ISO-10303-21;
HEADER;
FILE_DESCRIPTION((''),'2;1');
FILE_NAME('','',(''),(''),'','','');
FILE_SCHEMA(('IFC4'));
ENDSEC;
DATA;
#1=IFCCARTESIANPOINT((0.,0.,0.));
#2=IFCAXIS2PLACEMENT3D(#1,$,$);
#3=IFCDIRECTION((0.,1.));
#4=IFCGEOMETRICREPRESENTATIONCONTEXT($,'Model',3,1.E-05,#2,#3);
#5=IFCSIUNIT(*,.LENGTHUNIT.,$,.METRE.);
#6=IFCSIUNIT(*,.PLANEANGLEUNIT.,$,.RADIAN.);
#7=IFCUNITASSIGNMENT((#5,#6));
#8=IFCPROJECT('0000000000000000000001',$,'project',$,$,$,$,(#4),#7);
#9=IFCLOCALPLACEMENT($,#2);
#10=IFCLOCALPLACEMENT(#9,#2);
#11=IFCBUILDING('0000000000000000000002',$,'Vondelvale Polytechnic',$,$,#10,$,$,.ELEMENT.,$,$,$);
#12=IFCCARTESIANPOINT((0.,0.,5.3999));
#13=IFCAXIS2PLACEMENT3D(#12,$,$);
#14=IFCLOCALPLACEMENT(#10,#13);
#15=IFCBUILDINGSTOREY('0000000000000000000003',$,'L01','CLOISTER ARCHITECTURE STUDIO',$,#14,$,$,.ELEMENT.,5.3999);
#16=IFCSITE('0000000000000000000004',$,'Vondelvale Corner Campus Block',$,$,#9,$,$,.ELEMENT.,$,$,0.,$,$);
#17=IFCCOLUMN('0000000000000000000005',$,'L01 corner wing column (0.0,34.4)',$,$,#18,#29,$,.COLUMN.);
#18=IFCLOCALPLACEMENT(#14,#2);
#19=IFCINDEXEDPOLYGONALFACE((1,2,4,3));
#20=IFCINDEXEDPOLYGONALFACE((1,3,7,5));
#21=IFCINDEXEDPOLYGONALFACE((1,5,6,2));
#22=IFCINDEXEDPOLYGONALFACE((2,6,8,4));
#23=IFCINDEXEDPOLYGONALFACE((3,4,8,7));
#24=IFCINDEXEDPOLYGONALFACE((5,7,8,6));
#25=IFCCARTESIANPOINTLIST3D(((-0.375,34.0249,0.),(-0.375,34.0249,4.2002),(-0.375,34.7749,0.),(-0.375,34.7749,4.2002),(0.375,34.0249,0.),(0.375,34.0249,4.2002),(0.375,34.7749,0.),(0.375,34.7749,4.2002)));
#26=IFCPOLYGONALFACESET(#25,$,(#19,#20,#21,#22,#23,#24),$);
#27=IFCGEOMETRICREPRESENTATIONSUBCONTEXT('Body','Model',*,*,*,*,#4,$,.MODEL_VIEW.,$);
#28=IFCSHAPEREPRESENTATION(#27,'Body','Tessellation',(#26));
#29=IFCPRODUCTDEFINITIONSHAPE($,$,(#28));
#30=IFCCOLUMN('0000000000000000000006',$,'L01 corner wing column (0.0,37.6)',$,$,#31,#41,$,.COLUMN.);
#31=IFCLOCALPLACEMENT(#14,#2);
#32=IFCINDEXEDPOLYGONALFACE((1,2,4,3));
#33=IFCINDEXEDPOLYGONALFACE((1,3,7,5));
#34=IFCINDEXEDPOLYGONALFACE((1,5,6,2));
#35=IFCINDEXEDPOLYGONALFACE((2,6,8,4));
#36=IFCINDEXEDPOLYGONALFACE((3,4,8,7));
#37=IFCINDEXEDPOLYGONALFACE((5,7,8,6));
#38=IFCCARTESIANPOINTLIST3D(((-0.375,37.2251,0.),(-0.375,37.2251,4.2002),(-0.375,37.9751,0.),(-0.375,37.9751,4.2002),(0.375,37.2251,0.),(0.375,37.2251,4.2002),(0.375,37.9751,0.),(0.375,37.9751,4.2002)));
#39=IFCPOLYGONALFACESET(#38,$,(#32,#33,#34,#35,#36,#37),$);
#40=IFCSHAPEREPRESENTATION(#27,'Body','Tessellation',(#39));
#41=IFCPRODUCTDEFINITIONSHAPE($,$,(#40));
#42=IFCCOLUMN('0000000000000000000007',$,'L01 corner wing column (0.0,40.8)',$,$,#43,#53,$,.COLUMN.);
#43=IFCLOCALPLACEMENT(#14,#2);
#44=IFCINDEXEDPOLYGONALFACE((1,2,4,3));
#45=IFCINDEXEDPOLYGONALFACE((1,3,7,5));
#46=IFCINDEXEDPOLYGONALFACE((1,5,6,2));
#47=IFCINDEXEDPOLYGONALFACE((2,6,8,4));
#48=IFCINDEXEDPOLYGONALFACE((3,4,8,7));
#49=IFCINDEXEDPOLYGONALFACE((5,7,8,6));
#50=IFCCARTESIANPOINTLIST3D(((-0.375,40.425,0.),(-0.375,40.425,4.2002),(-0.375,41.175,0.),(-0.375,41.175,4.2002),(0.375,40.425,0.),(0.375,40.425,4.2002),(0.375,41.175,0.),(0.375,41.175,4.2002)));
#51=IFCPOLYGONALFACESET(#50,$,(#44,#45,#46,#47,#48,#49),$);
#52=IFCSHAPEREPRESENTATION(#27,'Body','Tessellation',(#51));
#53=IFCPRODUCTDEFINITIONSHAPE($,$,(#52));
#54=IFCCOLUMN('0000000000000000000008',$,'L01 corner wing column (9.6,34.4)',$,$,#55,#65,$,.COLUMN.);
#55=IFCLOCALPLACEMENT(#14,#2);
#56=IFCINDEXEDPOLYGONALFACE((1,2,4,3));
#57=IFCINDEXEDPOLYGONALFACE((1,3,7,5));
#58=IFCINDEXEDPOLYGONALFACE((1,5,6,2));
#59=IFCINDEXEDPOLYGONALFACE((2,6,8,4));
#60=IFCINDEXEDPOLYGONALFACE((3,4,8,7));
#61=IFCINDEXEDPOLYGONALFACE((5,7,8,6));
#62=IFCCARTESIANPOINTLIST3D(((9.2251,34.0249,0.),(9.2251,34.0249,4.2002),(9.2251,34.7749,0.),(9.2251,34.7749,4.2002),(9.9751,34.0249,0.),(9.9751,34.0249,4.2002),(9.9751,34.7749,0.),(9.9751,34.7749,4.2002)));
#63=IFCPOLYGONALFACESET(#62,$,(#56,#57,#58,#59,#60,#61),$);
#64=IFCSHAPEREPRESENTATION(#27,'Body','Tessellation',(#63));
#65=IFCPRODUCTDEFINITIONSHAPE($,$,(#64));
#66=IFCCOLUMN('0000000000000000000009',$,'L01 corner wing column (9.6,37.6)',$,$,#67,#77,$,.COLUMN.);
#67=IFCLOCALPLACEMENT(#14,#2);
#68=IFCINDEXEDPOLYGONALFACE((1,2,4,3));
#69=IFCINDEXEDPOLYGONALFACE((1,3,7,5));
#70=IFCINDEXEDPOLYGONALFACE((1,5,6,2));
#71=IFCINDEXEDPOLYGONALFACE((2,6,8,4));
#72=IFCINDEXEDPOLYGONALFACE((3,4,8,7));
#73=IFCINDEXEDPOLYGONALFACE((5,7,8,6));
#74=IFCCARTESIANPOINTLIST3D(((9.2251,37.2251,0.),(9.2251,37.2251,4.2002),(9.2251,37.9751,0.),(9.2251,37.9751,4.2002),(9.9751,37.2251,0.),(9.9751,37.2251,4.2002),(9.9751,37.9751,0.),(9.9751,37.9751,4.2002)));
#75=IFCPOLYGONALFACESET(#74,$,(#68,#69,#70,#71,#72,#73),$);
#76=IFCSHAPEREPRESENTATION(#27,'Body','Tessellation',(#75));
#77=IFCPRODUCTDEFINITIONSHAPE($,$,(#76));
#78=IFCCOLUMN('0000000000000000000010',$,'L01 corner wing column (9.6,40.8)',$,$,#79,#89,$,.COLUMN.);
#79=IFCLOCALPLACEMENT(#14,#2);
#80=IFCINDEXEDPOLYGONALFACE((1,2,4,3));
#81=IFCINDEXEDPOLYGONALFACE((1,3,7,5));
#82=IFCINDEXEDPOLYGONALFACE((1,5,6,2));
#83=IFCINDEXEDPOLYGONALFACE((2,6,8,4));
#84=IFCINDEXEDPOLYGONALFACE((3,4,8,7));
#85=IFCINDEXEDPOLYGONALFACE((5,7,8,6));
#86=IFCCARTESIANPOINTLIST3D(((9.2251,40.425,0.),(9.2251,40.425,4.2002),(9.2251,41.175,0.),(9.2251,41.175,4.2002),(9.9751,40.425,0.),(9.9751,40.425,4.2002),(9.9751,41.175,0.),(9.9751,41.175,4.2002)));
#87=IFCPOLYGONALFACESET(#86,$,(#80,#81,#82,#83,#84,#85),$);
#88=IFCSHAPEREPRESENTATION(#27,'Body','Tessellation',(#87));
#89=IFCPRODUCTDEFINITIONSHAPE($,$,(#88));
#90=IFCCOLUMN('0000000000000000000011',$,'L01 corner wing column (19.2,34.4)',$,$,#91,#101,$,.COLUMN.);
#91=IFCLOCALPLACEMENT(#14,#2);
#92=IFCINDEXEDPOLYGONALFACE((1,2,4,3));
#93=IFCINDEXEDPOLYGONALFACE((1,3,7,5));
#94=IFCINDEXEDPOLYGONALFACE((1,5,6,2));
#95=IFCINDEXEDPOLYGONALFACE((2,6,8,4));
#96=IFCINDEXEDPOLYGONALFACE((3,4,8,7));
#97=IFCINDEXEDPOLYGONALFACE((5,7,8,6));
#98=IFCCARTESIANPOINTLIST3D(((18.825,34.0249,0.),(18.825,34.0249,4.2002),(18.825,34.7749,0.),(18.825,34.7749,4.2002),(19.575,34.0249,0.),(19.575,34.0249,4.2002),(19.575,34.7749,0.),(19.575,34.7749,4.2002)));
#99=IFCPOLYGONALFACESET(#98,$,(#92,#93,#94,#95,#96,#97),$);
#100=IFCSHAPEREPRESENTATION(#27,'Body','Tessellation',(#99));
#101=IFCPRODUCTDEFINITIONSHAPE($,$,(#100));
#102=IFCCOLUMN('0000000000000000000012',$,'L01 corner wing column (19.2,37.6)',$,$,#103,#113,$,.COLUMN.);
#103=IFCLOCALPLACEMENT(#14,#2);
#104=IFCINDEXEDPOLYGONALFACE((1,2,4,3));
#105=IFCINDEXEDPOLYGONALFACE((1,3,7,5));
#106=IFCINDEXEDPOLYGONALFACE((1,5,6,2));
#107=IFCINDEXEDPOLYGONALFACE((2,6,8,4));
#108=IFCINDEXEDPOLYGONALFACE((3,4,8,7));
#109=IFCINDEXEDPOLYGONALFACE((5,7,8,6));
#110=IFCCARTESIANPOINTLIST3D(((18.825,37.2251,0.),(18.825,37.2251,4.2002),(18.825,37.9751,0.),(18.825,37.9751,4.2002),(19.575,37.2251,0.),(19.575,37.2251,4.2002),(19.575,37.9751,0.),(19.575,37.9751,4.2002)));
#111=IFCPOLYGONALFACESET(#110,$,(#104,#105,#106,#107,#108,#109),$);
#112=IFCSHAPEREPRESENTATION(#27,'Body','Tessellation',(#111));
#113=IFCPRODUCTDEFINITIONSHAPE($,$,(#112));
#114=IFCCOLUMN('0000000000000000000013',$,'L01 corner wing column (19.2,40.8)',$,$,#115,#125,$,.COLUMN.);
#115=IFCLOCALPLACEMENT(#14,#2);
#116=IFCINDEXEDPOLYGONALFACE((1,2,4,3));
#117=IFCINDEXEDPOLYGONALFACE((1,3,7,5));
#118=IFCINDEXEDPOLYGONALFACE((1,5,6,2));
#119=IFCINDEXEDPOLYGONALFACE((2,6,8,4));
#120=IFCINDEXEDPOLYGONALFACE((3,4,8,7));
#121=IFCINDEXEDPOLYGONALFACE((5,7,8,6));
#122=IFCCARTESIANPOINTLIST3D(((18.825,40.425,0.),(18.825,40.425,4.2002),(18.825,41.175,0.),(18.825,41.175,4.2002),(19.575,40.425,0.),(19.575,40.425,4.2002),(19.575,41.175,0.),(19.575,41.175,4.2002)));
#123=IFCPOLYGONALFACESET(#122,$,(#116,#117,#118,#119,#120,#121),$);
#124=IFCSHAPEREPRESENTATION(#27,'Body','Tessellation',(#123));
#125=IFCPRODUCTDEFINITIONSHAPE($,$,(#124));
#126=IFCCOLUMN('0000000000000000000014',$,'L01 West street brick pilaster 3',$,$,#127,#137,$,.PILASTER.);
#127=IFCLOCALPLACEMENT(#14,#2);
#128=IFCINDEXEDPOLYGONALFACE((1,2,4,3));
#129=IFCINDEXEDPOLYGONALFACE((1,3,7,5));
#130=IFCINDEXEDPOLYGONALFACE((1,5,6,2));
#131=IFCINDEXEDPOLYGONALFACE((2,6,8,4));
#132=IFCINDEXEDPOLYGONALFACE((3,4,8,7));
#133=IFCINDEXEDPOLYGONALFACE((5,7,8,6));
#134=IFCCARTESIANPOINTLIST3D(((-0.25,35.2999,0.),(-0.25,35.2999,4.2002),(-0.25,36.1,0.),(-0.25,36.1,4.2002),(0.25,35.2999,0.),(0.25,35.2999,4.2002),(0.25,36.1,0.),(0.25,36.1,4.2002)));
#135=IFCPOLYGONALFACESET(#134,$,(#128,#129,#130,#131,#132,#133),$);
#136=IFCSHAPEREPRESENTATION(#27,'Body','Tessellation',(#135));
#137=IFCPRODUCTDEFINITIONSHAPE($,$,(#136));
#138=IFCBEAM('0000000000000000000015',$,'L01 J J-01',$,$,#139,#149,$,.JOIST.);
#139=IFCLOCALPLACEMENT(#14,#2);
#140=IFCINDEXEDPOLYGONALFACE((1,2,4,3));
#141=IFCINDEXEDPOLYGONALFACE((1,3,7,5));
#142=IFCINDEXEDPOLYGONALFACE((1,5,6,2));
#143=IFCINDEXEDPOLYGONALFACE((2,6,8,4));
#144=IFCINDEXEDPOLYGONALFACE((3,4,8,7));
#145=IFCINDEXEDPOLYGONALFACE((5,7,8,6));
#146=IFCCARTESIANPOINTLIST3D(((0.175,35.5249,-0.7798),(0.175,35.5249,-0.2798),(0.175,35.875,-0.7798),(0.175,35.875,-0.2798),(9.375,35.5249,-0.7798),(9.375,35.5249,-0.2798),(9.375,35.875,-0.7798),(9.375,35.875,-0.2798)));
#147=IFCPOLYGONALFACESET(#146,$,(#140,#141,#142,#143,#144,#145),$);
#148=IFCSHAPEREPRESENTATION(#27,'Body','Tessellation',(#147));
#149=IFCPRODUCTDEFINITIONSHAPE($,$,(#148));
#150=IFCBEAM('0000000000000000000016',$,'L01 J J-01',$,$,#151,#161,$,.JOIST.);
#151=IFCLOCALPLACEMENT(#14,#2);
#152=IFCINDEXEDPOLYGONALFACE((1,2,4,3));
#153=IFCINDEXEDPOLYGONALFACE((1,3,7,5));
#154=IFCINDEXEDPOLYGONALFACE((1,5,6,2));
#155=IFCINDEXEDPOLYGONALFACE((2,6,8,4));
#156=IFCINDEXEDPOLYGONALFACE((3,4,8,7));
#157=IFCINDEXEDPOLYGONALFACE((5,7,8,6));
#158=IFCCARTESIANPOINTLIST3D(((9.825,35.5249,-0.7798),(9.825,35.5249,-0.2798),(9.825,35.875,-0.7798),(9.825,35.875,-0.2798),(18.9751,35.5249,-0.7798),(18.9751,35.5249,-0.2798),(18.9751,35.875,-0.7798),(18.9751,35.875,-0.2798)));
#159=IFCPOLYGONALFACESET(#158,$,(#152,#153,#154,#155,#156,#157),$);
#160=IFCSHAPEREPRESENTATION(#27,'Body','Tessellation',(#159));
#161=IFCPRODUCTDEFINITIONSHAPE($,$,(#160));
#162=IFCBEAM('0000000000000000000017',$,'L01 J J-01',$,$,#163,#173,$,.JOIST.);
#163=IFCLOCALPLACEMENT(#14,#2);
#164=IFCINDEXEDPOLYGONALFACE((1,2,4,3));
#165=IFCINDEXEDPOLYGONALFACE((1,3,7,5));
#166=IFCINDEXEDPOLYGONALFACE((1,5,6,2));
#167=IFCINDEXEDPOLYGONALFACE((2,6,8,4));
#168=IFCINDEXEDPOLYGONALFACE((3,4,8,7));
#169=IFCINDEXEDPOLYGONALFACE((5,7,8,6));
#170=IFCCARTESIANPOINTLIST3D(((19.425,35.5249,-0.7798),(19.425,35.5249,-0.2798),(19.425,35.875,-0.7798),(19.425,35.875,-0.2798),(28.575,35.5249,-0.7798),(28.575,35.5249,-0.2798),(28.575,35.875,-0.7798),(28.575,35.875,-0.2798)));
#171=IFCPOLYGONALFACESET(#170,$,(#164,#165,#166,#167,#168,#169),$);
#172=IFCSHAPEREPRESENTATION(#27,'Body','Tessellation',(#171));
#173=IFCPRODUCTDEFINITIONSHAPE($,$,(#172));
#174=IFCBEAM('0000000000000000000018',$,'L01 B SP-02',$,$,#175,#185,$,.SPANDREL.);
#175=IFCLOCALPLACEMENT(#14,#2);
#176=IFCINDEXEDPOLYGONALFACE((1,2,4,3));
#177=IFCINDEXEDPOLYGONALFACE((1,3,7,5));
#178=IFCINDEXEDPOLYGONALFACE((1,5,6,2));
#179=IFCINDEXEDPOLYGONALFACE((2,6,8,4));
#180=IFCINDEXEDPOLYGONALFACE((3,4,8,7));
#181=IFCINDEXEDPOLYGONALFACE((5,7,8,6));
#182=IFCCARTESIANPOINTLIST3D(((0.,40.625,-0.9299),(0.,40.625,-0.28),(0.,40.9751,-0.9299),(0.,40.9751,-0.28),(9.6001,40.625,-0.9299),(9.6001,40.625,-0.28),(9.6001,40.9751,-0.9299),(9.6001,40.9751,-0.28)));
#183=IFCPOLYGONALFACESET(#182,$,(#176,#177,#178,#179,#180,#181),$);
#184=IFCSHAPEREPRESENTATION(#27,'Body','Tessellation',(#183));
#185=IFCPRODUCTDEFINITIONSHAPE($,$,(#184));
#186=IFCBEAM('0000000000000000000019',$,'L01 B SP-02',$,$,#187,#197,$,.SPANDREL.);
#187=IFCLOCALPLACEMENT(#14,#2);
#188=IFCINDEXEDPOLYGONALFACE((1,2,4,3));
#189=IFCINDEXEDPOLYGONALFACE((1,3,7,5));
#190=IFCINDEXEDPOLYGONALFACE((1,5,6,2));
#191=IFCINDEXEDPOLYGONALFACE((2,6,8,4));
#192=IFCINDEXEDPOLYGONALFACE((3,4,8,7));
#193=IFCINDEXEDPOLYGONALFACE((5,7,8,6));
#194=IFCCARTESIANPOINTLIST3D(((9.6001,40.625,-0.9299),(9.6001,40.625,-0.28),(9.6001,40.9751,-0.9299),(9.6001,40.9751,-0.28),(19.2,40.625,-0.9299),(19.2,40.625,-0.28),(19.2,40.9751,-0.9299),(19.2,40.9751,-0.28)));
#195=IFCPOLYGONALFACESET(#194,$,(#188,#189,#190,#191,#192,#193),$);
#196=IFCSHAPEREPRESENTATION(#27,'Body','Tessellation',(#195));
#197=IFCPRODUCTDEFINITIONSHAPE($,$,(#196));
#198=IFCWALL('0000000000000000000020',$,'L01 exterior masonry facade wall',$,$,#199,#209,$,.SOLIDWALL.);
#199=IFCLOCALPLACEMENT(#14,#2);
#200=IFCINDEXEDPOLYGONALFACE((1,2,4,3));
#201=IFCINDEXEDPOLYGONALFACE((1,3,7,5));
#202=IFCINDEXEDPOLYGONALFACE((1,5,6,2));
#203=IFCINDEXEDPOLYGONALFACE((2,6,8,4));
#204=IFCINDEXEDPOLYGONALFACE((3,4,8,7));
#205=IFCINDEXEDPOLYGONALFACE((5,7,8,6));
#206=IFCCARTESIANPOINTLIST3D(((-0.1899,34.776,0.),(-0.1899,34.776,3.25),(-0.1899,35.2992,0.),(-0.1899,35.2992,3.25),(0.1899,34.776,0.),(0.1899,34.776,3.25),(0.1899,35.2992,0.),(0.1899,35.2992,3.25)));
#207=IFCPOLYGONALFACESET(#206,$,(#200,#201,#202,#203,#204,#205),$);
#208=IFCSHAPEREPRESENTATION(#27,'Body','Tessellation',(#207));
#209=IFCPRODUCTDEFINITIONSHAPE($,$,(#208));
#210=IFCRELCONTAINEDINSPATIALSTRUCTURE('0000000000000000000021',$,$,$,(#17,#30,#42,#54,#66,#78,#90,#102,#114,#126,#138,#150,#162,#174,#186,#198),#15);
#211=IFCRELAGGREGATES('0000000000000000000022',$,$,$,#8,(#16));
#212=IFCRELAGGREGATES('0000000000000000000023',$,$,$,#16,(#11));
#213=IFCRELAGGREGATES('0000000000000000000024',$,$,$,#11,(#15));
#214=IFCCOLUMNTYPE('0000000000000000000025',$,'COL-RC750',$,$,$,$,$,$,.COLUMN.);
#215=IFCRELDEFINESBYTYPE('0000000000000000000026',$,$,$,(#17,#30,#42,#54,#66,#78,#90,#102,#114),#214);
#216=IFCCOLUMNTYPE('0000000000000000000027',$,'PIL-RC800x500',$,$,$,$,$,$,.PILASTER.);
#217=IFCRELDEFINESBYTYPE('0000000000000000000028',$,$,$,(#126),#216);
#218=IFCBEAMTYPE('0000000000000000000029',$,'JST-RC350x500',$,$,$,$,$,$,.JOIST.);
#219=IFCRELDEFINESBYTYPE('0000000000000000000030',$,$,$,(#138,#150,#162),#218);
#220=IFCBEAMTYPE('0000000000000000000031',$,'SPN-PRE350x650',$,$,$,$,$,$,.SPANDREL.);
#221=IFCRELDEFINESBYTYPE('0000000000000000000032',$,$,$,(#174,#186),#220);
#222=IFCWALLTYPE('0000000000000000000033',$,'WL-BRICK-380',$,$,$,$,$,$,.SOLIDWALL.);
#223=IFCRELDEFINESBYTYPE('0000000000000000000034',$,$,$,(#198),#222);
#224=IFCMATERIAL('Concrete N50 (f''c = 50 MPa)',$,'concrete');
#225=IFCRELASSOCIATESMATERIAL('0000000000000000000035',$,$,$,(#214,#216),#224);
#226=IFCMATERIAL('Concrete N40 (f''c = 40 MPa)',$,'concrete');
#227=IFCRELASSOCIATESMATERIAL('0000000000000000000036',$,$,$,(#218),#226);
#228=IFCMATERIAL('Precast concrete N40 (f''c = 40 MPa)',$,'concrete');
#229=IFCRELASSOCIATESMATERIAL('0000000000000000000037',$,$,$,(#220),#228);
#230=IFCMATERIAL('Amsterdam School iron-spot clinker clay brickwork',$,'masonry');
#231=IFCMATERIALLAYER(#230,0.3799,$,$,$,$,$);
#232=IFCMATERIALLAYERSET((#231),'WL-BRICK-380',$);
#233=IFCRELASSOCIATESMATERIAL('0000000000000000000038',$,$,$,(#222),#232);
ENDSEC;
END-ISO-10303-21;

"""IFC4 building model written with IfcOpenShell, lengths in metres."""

from ifc_helpers import new_model, si_unit, direction, frame, frame_2d, origin, origin_2d, place, context, subcontext, project, spatial, rectangle, extrude, material, layer, layer_set, material_profile, profile_set, type_object, element, save


model = new_model("IFC4")

# Units and contexts
model_context = context("Model", 3, precision=1e-05, world=origin(), true_north=direction((0.0, 1.0)))
body_context = subcontext(model_context, "Body", "Model", "MODEL_VIEW")
ifc_project = project(units=[si_unit("LENGTHUNIT", "METRE"), si_unit("PLANEANGLEUNIT", "RADIAN")], contexts=[model_context])

# Site, building, storey
site_placement = place(None, origin())
site = spatial("IfcSite", under=ifc_project, at=site_placement, Name="Vondelvale Corner Campus Block", CompositionType="ELEMENT", RefElevation=0.0)
building_placement = place(site_placement, origin())
building = spatial("IfcBuilding", under=site, at=building_placement, Name="Vondelvale Polytechnic", CompositionType="ELEMENT")
storey_placement = place(building_placement, frame((0.0, 0.0, 5.3999)))
storey = spatial("IfcBuildingStorey", under=building, at=storey_placement, Name="L01", Description="CLOISTER ARCHITECTURE STUDIO", CompositionType="ELEMENT", Elevation=5.3999)

# Columns
ifc_material_1 = material(Name="Concrete N50 (f'c = 50 MPa)", Category="concrete")
ifc_material_profile_1 = material_profile(ifc_material_1, rectangle(XDim=0.75, YDim=0.75, at=origin_2d()), Name="RC-COL-750x750")
ifc_profile_set_1 = profile_set([ifc_material_profile_1], Name="Concrete N50 (f'c = 50 MPa)")
column_type_1 = type_object("IfcColumnType", Name="COL-RC750", PredefinedType="COLUMN", material=ifc_profile_set_1)
for number, where, z_axis, x_axis, name in (
    (1, (0.0, 34.3999, 0.0), (0.0, 0.0, 1.0), (1.0, 0.0, 0.0), "L01 corner wing column (0.0,34.4)"),
    (2, (0.0, 37.6001, 0.0), (0.0, 0.0, 1.0), (1.0, 0.0, 0.0), "L01 corner wing column (0.0,37.6)"),
    (3, (0.0, 40.8, 0.0), (0.0, 0.0, 1.0), (1.0, 0.0, 0.0), "L01 corner wing column (0.0,40.8)"),
    (4, (9.6001, 34.3999, 0.0), (0.0, 0.0, 1.0), (1.0, 0.0, 0.0), "L01 corner wing column (9.6,34.4)"),
    (5, (9.6001, 37.6001, 0.0), (0.0, 0.0, 1.0), (1.0, 0.0, 0.0), "L01 corner wing column (9.6,37.6)"),
    (6, (9.6001, 40.8, 0.0), (0.0, 0.0, 1.0), (1.0, 0.0, 0.0), "L01 corner wing column (9.6,40.8)"),
    (7, (19.2, 34.3999, 0.0), (0.0, 0.0, 1.0), (1.0, 0.0, 0.0), "L01 corner wing column (19.2,34.4)"),
    (8, (19.2, 37.6001, 0.0), (0.0, 0.0, 1.0), (1.0, 0.0, 0.0), "L01 corner wing column (19.2,37.6)"),
    (9, (19.2, 40.8, 0.0), (0.0, 0.0, 1.0), (1.0, 0.0, 0.0), "L01 corner wing column (19.2,40.8)"),
):
    element("IfcColumn", number, at=place(storey_placement, frame(where, z_axis=z_axis, x_axis=x_axis)), inside=storey, type_object=column_type_1, Name=name, PredefinedType="COLUMN", context=body_context, shape_type="SweptSolid", body=[
        extrude(rectangle(XDim=0.75, YDim=0.75, at=origin_2d()), origin(), (0.0, 0.0, 1.0), 4.2002),
    ])
ifc_material_profile_2 = material_profile(ifc_material_1, rectangle(XDim=0.5, YDim=0.8, at=origin_2d()), Name="RC-PIL-800x500")
ifc_profile_set_2 = profile_set([ifc_material_profile_2], Name="Concrete N50 (f'c = 50 MPa)")
column_type_2 = type_object("IfcColumnType", Name="PIL-RC800x500", PredefinedType="PILASTER", material=ifc_profile_set_2)
column_placement = place(storey_placement, frame((0.0, 35.7, 0.0), z_axis=(0.0, 0.0, 1.0), x_axis=(1.0, 0.0, 0.0)))
element("IfcColumn", 10, at=column_placement, inside=storey, type_object=column_type_2, Name="L01 West street brick pilaster 3", PredefinedType="PILASTER", context=body_context, shape_type="SweptSolid", body=[
    extrude(rectangle(XDim=0.5, YDim=0.8, at=origin_2d()), origin(), (0.0, 0.0, 1.0), 4.2002),
])

# Beams
ifc_material_2 = material(Name="Concrete N40 (f'c = 40 MPa)", Category="concrete")
ifc_material_profile_3 = material_profile(ifc_material_2, rectangle(XDim=0.3501, YDim=0.5, at=origin_2d()), Name="RC-JST-350x500")
ifc_profile_set_3 = profile_set([ifc_material_profile_3], Name="Concrete N40 (f'c = 40 MPa)")
beam_type_1 = type_object("IfcBeamType", Name="JST-RC350x500", PredefinedType="JOIST", material=ifc_profile_set_3)
beam_1_placement = place(storey_placement, frame((0.175, 35.7, -0.5298), z_axis=(1.0, 0.0, 0.0), x_axis=(0.0, 1.0, 0.0)))
element("IfcBeam", 11, at=beam_1_placement, inside=storey, type_object=beam_type_1, Name="L01 J J-01", PredefinedType="JOIST", context=body_context, shape_type="SweptSolid", body=[
    extrude(rectangle(XDim=0.3501, YDim=0.5, at=origin_2d()), origin(), (0.0, 0.0, 1.0), 9.2),
])
beam_2_placement = place(storey_placement, frame((9.825, 35.7, -0.5298), z_axis=(1.0, 0.0, 0.0), x_axis=(0.0, 1.0, 0.0)))
element("IfcBeam", 12, at=beam_2_placement, inside=storey, type_object=beam_type_1, Name="L01 J J-01", PredefinedType="JOIST", context=body_context, shape_type="SweptSolid", body=[
    extrude(rectangle(XDim=0.3501, YDim=0.5, at=origin_2d()), origin(), (0.0, 0.0, 1.0), 9.1501),
])
beam_3_placement = place(storey_placement, frame((19.425, 35.7, -0.5298), z_axis=(1.0, 0.0, 0.0), x_axis=(0.0, 1.0, 0.0)))
element("IfcBeam", 13, at=beam_3_placement, inside=storey, type_object=beam_type_1, Name="L01 J J-01", PredefinedType="JOIST", context=body_context, shape_type="SweptSolid", body=[
    extrude(rectangle(XDim=0.3501, YDim=0.5, at=origin_2d()), origin(), (0.0, 0.0, 1.0), 9.1499),
])
ifc_material_3 = material(Name="Precast concrete N40 (f'c = 40 MPa)", Category="concrete")
ifc_material_profile_4 = material_profile(ifc_material_3, rectangle(XDim=0.3501, YDim=0.6499, at=origin_2d()), Name="RC-SPN-350x650")
ifc_profile_set_4 = profile_set([ifc_material_profile_4], Name="Precast concrete N40 (f'c = 40 MPa)")
beam_type_2 = type_object("IfcBeamType", Name="SPN-PRE350x650", PredefinedType="SPANDREL", material=ifc_profile_set_4)
beam_4_placement = place(storey_placement, frame((0.0, 40.8, -0.605), z_axis=(1.0, 0.0, 0.0), x_axis=(0.0, 1.0, 0.0)))
element("IfcBeam", 14, at=beam_4_placement, inside=storey, type_object=beam_type_2, Name="L01 B SP-02", PredefinedType="SPANDREL", context=body_context, shape_type="SweptSolid", body=[
    extrude(rectangle(XDim=0.3501, YDim=0.6499, at=origin_2d()), origin(), (0.0, 0.0, 1.0), 9.6001),
])
beam_5_placement = place(storey_placement, frame((9.6001, 40.8, -0.605), z_axis=(1.0, 0.0, 0.0), x_axis=(0.0, 1.0, 0.0)))
element("IfcBeam", 15, at=beam_5_placement, inside=storey, type_object=beam_type_2, Name="L01 B SP-02", PredefinedType="SPANDREL", context=body_context, shape_type="SweptSolid", body=[
    extrude(rectangle(XDim=0.3501, YDim=0.6499, at=origin_2d()), origin(), (0.0, 0.0, 1.0), 9.5999),
])

# Wall
ifc_material_4 = material(Name="Amsterdam School iron-spot clinker clay brickwork", Category="masonry")
ifc_layer_1 = layer(ifc_material_4, 0.3799)
ifc_layer_set_1 = layer_set([ifc_layer_1], Name="WL-BRICK-380")
wall_type = type_object("IfcWallType", Name="WL-BRICK-380", PredefinedType="SOLIDWALL", material=ifc_layer_set_1)
wall_1_placement = place(storey_placement, frame((0.0, 34.7759, 0.0), z_axis=(0.0, 0.0, 1.0), x_axis=(0.0, 1.0, 0.0)))
element("IfcWall", 16, at=wall_1_placement, inside=storey, type_object=wall_type, Name="L01 exterior masonry facade wall", PredefinedType="SOLIDWALL", context=body_context, shape_type="SweptSolid", body=[
    extrude(rectangle(XDim=0.5232, YDim=0.3799, at=frame_2d((0.2617, 0.0))), origin(), (0.0, 0.0, 1.0), 3.25),
])

save(model, "model.ifc")
